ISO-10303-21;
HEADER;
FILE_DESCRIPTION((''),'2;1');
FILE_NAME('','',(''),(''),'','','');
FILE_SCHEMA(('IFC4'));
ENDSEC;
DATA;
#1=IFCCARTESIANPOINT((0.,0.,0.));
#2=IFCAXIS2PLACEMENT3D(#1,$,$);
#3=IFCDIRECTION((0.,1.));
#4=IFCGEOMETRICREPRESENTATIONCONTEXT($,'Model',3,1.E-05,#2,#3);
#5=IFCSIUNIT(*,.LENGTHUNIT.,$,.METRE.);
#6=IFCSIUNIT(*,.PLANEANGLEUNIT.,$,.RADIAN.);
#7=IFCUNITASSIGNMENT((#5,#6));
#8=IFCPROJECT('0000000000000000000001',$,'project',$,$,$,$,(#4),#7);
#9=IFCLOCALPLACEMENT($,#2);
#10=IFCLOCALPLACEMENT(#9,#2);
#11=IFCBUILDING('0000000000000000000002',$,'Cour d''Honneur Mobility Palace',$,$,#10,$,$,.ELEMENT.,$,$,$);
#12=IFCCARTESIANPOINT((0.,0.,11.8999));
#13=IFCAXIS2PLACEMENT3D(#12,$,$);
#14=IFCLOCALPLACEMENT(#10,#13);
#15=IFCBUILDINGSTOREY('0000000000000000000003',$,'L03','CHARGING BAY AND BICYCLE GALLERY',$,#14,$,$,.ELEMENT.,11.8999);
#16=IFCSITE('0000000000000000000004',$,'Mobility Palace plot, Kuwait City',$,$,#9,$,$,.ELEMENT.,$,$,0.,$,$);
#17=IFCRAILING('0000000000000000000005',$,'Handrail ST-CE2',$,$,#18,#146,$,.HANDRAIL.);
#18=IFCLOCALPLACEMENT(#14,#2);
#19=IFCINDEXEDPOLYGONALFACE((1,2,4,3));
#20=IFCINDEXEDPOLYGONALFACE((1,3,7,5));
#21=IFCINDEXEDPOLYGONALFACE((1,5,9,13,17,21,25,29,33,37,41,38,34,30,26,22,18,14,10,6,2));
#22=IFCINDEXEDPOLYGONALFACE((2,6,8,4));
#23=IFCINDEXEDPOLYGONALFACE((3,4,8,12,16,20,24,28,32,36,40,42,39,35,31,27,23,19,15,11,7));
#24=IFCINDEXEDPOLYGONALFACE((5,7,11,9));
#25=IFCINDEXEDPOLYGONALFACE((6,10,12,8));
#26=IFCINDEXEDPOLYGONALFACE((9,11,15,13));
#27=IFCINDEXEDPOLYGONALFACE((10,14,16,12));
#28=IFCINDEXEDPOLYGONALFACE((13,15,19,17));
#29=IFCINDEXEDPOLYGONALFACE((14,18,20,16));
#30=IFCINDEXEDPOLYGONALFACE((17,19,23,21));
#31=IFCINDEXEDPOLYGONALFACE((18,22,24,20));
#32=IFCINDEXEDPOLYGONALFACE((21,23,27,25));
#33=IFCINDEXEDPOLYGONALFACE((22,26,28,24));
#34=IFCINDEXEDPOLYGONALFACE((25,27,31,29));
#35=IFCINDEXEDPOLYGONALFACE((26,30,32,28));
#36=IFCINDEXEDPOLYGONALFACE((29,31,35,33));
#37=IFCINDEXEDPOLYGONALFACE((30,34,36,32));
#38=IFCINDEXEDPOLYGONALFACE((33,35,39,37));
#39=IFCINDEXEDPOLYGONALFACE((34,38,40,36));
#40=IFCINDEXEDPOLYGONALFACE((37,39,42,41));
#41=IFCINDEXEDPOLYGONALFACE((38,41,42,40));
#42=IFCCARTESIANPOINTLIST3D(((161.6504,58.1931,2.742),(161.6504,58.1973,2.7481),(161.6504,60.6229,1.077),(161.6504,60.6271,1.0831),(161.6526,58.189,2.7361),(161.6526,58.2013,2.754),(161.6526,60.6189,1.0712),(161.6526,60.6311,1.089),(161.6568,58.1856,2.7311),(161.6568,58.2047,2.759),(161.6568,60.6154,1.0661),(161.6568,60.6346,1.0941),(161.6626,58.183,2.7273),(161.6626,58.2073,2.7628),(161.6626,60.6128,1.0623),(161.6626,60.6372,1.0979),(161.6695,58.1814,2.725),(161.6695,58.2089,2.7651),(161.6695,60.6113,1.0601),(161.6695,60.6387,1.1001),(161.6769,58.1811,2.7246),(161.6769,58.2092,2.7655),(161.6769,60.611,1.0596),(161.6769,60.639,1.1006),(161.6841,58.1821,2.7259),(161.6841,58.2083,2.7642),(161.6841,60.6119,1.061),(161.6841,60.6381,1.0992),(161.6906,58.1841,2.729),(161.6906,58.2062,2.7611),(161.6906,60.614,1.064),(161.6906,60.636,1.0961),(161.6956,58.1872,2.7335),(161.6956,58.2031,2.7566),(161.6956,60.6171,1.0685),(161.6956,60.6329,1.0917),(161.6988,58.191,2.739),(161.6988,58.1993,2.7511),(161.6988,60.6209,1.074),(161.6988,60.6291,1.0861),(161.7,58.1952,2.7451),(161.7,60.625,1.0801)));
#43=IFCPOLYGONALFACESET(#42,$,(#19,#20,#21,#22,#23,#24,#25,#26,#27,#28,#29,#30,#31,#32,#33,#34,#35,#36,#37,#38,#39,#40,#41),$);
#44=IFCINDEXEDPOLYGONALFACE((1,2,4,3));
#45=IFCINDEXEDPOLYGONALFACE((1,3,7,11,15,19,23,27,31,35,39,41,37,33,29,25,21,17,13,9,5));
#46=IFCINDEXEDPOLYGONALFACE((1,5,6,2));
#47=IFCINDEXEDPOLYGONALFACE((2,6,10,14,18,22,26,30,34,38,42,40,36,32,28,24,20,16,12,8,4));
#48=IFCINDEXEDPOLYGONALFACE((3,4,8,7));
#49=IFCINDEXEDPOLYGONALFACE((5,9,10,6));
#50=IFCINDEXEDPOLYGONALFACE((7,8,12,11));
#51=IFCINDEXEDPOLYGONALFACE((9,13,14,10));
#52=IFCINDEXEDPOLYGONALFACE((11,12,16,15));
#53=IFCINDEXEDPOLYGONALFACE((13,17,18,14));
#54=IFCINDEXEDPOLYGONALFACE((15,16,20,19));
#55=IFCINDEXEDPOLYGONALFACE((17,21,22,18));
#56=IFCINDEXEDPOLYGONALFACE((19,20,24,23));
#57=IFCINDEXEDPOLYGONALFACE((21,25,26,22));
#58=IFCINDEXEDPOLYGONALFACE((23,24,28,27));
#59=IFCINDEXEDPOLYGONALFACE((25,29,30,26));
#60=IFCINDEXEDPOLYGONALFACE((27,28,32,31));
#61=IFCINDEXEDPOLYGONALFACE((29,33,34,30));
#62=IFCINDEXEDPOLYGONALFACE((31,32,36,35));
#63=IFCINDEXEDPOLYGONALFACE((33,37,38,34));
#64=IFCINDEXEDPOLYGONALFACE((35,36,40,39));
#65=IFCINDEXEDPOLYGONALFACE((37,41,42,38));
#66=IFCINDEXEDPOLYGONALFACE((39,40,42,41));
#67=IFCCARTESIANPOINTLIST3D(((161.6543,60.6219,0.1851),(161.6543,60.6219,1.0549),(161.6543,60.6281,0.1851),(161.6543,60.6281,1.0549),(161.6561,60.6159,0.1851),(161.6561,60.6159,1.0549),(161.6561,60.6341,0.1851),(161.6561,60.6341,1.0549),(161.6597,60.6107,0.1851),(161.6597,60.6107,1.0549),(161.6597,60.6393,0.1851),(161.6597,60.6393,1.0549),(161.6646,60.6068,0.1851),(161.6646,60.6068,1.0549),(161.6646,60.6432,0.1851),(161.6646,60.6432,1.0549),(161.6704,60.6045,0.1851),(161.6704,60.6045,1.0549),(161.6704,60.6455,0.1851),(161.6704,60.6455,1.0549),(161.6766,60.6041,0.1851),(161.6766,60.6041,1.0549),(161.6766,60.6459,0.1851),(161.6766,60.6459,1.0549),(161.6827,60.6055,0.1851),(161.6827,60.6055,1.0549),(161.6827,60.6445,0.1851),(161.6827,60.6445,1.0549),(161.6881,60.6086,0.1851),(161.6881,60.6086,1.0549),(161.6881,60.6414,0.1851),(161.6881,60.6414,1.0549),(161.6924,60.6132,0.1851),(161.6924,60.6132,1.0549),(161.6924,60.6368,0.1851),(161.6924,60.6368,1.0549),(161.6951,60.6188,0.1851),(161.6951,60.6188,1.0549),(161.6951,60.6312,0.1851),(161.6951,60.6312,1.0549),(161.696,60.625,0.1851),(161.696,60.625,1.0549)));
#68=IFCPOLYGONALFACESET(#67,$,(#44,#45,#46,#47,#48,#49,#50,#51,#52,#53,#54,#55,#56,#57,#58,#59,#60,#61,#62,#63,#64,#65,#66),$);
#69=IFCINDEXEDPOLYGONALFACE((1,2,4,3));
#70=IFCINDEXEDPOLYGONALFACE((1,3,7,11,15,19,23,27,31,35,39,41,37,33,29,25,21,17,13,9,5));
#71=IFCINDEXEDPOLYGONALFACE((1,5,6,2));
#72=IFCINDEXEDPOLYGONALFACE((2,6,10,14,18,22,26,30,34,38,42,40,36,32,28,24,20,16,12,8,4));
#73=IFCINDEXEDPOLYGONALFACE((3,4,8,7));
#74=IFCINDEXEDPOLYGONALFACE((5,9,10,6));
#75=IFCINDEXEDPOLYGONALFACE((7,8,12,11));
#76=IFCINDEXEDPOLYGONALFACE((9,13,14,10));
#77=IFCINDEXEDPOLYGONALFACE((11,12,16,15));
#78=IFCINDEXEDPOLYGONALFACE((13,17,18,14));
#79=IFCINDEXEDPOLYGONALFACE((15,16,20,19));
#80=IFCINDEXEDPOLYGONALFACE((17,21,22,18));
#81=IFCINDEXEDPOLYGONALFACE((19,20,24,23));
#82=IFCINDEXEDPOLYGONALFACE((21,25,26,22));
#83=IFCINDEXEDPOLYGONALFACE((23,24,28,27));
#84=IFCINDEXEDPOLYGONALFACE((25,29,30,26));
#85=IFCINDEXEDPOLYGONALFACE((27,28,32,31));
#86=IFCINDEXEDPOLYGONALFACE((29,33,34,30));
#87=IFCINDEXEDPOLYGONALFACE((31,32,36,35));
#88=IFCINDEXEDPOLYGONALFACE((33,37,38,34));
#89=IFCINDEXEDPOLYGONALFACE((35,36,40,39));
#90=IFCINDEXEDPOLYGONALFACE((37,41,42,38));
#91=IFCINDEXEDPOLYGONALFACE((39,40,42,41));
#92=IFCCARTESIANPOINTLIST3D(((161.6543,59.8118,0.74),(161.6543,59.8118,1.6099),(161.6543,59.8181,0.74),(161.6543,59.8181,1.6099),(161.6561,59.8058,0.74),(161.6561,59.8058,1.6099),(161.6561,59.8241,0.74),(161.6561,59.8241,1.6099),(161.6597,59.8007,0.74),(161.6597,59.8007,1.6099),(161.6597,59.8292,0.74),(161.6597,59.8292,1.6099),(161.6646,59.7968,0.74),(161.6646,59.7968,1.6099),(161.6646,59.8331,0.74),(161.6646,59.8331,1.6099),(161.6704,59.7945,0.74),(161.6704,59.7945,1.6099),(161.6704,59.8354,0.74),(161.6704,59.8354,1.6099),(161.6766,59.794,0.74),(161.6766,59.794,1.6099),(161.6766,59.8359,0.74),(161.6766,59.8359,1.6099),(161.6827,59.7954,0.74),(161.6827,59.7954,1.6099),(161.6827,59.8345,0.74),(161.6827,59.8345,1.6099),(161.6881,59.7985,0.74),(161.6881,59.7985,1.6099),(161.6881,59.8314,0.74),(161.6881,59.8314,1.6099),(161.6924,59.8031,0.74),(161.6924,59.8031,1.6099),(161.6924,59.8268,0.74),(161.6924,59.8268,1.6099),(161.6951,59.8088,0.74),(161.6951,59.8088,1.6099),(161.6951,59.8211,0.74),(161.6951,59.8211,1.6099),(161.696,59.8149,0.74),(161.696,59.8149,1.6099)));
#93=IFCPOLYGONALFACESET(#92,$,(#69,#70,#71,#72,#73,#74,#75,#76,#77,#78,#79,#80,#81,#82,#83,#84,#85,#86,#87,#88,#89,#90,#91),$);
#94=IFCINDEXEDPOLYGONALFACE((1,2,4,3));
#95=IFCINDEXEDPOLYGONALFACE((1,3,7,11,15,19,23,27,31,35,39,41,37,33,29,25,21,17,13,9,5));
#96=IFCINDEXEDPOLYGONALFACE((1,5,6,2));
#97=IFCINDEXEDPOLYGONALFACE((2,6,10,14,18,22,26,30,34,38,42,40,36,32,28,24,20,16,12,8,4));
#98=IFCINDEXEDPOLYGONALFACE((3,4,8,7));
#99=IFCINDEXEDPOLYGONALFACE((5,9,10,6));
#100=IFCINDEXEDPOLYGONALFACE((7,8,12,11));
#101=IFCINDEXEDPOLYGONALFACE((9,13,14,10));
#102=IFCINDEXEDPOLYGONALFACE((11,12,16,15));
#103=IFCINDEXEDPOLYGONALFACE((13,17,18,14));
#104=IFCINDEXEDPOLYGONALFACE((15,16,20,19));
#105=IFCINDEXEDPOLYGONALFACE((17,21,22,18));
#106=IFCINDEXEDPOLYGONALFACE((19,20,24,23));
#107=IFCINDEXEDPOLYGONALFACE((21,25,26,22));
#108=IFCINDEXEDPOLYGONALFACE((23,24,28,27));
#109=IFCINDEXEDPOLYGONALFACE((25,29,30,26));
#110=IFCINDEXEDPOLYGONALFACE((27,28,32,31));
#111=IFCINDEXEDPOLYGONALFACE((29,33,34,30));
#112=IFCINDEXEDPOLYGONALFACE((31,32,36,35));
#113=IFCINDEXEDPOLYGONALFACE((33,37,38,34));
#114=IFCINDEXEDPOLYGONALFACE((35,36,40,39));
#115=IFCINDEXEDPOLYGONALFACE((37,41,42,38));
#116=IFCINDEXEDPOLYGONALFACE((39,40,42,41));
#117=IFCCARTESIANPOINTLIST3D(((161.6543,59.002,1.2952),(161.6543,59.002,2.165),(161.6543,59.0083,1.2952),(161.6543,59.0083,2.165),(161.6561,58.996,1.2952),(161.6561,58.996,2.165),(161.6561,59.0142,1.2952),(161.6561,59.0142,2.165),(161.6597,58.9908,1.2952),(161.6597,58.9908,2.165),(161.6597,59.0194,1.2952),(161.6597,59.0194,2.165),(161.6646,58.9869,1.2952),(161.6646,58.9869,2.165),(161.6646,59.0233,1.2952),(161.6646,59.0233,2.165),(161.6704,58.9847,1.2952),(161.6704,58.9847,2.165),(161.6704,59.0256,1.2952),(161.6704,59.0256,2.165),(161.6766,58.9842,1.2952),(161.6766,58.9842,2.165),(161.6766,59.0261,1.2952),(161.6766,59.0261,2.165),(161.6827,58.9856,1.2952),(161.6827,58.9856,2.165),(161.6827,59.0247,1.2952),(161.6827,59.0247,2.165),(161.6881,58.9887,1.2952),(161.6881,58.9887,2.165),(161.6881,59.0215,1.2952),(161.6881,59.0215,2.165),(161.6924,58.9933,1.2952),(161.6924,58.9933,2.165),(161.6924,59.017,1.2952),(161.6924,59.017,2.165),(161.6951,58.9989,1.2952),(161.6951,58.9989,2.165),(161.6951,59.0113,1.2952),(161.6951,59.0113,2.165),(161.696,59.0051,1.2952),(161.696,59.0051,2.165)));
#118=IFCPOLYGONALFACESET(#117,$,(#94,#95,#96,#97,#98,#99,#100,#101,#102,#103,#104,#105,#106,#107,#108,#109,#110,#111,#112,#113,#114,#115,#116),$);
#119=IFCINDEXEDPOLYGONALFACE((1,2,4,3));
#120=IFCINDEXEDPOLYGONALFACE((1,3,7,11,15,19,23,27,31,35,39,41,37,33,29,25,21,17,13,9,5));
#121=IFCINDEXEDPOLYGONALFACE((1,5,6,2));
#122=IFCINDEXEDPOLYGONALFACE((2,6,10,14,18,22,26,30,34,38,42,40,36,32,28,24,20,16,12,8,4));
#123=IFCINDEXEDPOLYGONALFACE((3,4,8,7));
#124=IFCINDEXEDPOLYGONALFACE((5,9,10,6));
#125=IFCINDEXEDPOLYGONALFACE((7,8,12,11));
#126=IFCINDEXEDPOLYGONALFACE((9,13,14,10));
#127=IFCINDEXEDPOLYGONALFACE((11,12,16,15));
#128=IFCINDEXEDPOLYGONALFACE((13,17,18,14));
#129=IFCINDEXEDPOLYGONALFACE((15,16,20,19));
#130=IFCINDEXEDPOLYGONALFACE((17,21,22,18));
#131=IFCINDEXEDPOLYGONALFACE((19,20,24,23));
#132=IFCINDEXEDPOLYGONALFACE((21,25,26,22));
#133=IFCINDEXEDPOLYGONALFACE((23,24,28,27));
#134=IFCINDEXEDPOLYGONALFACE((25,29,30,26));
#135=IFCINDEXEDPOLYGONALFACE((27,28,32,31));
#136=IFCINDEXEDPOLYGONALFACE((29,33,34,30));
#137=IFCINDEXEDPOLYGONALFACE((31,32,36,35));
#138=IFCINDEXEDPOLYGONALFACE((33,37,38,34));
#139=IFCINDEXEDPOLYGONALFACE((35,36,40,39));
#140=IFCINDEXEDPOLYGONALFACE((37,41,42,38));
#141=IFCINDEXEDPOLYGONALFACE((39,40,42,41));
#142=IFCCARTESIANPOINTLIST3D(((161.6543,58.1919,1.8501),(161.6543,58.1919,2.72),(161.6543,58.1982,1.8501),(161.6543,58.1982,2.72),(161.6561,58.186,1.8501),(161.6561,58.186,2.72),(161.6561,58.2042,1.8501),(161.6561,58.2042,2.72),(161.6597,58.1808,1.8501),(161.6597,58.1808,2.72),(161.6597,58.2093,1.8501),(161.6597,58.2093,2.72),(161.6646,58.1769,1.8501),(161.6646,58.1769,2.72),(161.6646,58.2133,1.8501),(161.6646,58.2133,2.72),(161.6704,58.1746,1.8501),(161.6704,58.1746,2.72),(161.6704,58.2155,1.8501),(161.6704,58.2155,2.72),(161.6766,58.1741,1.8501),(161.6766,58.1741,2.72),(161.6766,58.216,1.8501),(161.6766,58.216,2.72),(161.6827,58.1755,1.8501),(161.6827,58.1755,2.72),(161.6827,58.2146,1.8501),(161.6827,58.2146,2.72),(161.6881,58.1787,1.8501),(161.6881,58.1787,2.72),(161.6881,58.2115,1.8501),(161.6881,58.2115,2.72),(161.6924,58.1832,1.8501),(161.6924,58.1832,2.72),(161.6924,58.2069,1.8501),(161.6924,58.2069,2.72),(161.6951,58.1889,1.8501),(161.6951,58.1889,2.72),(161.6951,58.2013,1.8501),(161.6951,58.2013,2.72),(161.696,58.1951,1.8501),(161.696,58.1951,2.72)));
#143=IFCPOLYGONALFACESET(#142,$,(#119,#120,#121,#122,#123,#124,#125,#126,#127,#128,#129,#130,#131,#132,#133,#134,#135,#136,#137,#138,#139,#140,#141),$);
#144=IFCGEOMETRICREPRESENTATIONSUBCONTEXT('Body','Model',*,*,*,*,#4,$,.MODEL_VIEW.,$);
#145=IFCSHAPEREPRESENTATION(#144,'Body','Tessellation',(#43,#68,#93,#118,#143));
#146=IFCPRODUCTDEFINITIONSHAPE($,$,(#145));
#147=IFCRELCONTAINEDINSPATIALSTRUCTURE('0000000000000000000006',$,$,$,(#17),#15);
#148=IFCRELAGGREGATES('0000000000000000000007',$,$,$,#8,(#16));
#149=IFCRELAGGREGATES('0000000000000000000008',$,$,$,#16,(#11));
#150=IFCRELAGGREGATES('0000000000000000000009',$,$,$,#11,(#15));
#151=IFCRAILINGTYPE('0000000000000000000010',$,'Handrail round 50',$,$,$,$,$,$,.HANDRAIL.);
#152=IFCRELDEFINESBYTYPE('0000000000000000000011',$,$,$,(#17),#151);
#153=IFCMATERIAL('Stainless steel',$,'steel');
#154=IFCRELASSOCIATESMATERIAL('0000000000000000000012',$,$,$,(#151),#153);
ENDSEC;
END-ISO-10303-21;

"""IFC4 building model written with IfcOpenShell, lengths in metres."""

from ifc_helpers import new_model, si_unit, direction, frame, origin, origin_2d, place, context, subcontext, project, spatial, circle, extrude, material, type_object, element, save


model = new_model("IFC4")

# Units and contexts
model_context = context("Model", 3, precision=1e-05, world=origin(), true_north=direction((0.0, 1.0)))
body_context = subcontext(model_context, "Body", "Model", "MODEL_VIEW")
ifc_project = project(units=[si_unit("LENGTHUNIT", "METRE"), si_unit("PLANEANGLEUNIT", "RADIAN")], contexts=[model_context])

# Site, building, storey
site_placement = place(None, origin())
site = spatial("IfcSite", under=ifc_project, at=site_placement, Name="Mobility Palace plot, Kuwait City", CompositionType="ELEMENT", RefElevation=0.0)
building_placement = place(site_placement, origin())
building = spatial("IfcBuilding", under=site, at=building_placement, Name="Cour d'Honneur Mobility Palace", CompositionType="ELEMENT")
storey_placement = place(building_placement, frame((0.0, 0.0, 11.8999)))
storey = spatial("IfcBuildingStorey", under=building, at=storey_placement, Name="L03", Description="CHARGING BAY AND BICYCLE GALLERY", CompositionType="ELEMENT", Elevation=11.8999)

# Railing
ifc_material_1 = material(Name="Stainless steel", Category="steel")
railing_type = type_object("IfcRailingType", Name="Handrail round 50", PredefinedType="HANDRAIL", material=ifc_material_1)
railing_placement = place(storey_placement, frame((161.675, 60.625, 0.1851)))
element("IfcRailing", 1, at=railing_placement, inside=storey, type_object=railing_type, Name="Handrail ST-CE2", PredefinedType="HANDRAIL", context=body_context, shape_type="SweptSolid", body=[
    extrude(circle(Radius=0.0249, at=origin_2d()), frame((0.0, 0.0, 0.895), z_axis=(0.0, -0.824919, 0.565251), x_axis=(1.0, 0.0, 0.0)), (0.0, 0.0, 1.0), 2.9456),
    extrude(circle(Radius=0.021, at=origin_2d()), origin(), (0.0, 0.0, 1.0), 0.8699),
    extrude(circle(Radius=0.021, at=origin_2d()), frame((0.0, -0.8101, 0.5549)), (0.0, 0.0, 1.0), 0.8699),
    extrude(circle(Radius=0.021, at=origin_2d()), frame((0.0, -1.6199, 1.1101)), (0.0, 0.0, 1.0), 0.8699),
    extrude(circle(Radius=0.021, at=origin_2d()), frame((0.0, -2.4299, 1.665)), (0.0, 0.0, 1.0), 0.8699),
])

save(model, "model.ifc")
